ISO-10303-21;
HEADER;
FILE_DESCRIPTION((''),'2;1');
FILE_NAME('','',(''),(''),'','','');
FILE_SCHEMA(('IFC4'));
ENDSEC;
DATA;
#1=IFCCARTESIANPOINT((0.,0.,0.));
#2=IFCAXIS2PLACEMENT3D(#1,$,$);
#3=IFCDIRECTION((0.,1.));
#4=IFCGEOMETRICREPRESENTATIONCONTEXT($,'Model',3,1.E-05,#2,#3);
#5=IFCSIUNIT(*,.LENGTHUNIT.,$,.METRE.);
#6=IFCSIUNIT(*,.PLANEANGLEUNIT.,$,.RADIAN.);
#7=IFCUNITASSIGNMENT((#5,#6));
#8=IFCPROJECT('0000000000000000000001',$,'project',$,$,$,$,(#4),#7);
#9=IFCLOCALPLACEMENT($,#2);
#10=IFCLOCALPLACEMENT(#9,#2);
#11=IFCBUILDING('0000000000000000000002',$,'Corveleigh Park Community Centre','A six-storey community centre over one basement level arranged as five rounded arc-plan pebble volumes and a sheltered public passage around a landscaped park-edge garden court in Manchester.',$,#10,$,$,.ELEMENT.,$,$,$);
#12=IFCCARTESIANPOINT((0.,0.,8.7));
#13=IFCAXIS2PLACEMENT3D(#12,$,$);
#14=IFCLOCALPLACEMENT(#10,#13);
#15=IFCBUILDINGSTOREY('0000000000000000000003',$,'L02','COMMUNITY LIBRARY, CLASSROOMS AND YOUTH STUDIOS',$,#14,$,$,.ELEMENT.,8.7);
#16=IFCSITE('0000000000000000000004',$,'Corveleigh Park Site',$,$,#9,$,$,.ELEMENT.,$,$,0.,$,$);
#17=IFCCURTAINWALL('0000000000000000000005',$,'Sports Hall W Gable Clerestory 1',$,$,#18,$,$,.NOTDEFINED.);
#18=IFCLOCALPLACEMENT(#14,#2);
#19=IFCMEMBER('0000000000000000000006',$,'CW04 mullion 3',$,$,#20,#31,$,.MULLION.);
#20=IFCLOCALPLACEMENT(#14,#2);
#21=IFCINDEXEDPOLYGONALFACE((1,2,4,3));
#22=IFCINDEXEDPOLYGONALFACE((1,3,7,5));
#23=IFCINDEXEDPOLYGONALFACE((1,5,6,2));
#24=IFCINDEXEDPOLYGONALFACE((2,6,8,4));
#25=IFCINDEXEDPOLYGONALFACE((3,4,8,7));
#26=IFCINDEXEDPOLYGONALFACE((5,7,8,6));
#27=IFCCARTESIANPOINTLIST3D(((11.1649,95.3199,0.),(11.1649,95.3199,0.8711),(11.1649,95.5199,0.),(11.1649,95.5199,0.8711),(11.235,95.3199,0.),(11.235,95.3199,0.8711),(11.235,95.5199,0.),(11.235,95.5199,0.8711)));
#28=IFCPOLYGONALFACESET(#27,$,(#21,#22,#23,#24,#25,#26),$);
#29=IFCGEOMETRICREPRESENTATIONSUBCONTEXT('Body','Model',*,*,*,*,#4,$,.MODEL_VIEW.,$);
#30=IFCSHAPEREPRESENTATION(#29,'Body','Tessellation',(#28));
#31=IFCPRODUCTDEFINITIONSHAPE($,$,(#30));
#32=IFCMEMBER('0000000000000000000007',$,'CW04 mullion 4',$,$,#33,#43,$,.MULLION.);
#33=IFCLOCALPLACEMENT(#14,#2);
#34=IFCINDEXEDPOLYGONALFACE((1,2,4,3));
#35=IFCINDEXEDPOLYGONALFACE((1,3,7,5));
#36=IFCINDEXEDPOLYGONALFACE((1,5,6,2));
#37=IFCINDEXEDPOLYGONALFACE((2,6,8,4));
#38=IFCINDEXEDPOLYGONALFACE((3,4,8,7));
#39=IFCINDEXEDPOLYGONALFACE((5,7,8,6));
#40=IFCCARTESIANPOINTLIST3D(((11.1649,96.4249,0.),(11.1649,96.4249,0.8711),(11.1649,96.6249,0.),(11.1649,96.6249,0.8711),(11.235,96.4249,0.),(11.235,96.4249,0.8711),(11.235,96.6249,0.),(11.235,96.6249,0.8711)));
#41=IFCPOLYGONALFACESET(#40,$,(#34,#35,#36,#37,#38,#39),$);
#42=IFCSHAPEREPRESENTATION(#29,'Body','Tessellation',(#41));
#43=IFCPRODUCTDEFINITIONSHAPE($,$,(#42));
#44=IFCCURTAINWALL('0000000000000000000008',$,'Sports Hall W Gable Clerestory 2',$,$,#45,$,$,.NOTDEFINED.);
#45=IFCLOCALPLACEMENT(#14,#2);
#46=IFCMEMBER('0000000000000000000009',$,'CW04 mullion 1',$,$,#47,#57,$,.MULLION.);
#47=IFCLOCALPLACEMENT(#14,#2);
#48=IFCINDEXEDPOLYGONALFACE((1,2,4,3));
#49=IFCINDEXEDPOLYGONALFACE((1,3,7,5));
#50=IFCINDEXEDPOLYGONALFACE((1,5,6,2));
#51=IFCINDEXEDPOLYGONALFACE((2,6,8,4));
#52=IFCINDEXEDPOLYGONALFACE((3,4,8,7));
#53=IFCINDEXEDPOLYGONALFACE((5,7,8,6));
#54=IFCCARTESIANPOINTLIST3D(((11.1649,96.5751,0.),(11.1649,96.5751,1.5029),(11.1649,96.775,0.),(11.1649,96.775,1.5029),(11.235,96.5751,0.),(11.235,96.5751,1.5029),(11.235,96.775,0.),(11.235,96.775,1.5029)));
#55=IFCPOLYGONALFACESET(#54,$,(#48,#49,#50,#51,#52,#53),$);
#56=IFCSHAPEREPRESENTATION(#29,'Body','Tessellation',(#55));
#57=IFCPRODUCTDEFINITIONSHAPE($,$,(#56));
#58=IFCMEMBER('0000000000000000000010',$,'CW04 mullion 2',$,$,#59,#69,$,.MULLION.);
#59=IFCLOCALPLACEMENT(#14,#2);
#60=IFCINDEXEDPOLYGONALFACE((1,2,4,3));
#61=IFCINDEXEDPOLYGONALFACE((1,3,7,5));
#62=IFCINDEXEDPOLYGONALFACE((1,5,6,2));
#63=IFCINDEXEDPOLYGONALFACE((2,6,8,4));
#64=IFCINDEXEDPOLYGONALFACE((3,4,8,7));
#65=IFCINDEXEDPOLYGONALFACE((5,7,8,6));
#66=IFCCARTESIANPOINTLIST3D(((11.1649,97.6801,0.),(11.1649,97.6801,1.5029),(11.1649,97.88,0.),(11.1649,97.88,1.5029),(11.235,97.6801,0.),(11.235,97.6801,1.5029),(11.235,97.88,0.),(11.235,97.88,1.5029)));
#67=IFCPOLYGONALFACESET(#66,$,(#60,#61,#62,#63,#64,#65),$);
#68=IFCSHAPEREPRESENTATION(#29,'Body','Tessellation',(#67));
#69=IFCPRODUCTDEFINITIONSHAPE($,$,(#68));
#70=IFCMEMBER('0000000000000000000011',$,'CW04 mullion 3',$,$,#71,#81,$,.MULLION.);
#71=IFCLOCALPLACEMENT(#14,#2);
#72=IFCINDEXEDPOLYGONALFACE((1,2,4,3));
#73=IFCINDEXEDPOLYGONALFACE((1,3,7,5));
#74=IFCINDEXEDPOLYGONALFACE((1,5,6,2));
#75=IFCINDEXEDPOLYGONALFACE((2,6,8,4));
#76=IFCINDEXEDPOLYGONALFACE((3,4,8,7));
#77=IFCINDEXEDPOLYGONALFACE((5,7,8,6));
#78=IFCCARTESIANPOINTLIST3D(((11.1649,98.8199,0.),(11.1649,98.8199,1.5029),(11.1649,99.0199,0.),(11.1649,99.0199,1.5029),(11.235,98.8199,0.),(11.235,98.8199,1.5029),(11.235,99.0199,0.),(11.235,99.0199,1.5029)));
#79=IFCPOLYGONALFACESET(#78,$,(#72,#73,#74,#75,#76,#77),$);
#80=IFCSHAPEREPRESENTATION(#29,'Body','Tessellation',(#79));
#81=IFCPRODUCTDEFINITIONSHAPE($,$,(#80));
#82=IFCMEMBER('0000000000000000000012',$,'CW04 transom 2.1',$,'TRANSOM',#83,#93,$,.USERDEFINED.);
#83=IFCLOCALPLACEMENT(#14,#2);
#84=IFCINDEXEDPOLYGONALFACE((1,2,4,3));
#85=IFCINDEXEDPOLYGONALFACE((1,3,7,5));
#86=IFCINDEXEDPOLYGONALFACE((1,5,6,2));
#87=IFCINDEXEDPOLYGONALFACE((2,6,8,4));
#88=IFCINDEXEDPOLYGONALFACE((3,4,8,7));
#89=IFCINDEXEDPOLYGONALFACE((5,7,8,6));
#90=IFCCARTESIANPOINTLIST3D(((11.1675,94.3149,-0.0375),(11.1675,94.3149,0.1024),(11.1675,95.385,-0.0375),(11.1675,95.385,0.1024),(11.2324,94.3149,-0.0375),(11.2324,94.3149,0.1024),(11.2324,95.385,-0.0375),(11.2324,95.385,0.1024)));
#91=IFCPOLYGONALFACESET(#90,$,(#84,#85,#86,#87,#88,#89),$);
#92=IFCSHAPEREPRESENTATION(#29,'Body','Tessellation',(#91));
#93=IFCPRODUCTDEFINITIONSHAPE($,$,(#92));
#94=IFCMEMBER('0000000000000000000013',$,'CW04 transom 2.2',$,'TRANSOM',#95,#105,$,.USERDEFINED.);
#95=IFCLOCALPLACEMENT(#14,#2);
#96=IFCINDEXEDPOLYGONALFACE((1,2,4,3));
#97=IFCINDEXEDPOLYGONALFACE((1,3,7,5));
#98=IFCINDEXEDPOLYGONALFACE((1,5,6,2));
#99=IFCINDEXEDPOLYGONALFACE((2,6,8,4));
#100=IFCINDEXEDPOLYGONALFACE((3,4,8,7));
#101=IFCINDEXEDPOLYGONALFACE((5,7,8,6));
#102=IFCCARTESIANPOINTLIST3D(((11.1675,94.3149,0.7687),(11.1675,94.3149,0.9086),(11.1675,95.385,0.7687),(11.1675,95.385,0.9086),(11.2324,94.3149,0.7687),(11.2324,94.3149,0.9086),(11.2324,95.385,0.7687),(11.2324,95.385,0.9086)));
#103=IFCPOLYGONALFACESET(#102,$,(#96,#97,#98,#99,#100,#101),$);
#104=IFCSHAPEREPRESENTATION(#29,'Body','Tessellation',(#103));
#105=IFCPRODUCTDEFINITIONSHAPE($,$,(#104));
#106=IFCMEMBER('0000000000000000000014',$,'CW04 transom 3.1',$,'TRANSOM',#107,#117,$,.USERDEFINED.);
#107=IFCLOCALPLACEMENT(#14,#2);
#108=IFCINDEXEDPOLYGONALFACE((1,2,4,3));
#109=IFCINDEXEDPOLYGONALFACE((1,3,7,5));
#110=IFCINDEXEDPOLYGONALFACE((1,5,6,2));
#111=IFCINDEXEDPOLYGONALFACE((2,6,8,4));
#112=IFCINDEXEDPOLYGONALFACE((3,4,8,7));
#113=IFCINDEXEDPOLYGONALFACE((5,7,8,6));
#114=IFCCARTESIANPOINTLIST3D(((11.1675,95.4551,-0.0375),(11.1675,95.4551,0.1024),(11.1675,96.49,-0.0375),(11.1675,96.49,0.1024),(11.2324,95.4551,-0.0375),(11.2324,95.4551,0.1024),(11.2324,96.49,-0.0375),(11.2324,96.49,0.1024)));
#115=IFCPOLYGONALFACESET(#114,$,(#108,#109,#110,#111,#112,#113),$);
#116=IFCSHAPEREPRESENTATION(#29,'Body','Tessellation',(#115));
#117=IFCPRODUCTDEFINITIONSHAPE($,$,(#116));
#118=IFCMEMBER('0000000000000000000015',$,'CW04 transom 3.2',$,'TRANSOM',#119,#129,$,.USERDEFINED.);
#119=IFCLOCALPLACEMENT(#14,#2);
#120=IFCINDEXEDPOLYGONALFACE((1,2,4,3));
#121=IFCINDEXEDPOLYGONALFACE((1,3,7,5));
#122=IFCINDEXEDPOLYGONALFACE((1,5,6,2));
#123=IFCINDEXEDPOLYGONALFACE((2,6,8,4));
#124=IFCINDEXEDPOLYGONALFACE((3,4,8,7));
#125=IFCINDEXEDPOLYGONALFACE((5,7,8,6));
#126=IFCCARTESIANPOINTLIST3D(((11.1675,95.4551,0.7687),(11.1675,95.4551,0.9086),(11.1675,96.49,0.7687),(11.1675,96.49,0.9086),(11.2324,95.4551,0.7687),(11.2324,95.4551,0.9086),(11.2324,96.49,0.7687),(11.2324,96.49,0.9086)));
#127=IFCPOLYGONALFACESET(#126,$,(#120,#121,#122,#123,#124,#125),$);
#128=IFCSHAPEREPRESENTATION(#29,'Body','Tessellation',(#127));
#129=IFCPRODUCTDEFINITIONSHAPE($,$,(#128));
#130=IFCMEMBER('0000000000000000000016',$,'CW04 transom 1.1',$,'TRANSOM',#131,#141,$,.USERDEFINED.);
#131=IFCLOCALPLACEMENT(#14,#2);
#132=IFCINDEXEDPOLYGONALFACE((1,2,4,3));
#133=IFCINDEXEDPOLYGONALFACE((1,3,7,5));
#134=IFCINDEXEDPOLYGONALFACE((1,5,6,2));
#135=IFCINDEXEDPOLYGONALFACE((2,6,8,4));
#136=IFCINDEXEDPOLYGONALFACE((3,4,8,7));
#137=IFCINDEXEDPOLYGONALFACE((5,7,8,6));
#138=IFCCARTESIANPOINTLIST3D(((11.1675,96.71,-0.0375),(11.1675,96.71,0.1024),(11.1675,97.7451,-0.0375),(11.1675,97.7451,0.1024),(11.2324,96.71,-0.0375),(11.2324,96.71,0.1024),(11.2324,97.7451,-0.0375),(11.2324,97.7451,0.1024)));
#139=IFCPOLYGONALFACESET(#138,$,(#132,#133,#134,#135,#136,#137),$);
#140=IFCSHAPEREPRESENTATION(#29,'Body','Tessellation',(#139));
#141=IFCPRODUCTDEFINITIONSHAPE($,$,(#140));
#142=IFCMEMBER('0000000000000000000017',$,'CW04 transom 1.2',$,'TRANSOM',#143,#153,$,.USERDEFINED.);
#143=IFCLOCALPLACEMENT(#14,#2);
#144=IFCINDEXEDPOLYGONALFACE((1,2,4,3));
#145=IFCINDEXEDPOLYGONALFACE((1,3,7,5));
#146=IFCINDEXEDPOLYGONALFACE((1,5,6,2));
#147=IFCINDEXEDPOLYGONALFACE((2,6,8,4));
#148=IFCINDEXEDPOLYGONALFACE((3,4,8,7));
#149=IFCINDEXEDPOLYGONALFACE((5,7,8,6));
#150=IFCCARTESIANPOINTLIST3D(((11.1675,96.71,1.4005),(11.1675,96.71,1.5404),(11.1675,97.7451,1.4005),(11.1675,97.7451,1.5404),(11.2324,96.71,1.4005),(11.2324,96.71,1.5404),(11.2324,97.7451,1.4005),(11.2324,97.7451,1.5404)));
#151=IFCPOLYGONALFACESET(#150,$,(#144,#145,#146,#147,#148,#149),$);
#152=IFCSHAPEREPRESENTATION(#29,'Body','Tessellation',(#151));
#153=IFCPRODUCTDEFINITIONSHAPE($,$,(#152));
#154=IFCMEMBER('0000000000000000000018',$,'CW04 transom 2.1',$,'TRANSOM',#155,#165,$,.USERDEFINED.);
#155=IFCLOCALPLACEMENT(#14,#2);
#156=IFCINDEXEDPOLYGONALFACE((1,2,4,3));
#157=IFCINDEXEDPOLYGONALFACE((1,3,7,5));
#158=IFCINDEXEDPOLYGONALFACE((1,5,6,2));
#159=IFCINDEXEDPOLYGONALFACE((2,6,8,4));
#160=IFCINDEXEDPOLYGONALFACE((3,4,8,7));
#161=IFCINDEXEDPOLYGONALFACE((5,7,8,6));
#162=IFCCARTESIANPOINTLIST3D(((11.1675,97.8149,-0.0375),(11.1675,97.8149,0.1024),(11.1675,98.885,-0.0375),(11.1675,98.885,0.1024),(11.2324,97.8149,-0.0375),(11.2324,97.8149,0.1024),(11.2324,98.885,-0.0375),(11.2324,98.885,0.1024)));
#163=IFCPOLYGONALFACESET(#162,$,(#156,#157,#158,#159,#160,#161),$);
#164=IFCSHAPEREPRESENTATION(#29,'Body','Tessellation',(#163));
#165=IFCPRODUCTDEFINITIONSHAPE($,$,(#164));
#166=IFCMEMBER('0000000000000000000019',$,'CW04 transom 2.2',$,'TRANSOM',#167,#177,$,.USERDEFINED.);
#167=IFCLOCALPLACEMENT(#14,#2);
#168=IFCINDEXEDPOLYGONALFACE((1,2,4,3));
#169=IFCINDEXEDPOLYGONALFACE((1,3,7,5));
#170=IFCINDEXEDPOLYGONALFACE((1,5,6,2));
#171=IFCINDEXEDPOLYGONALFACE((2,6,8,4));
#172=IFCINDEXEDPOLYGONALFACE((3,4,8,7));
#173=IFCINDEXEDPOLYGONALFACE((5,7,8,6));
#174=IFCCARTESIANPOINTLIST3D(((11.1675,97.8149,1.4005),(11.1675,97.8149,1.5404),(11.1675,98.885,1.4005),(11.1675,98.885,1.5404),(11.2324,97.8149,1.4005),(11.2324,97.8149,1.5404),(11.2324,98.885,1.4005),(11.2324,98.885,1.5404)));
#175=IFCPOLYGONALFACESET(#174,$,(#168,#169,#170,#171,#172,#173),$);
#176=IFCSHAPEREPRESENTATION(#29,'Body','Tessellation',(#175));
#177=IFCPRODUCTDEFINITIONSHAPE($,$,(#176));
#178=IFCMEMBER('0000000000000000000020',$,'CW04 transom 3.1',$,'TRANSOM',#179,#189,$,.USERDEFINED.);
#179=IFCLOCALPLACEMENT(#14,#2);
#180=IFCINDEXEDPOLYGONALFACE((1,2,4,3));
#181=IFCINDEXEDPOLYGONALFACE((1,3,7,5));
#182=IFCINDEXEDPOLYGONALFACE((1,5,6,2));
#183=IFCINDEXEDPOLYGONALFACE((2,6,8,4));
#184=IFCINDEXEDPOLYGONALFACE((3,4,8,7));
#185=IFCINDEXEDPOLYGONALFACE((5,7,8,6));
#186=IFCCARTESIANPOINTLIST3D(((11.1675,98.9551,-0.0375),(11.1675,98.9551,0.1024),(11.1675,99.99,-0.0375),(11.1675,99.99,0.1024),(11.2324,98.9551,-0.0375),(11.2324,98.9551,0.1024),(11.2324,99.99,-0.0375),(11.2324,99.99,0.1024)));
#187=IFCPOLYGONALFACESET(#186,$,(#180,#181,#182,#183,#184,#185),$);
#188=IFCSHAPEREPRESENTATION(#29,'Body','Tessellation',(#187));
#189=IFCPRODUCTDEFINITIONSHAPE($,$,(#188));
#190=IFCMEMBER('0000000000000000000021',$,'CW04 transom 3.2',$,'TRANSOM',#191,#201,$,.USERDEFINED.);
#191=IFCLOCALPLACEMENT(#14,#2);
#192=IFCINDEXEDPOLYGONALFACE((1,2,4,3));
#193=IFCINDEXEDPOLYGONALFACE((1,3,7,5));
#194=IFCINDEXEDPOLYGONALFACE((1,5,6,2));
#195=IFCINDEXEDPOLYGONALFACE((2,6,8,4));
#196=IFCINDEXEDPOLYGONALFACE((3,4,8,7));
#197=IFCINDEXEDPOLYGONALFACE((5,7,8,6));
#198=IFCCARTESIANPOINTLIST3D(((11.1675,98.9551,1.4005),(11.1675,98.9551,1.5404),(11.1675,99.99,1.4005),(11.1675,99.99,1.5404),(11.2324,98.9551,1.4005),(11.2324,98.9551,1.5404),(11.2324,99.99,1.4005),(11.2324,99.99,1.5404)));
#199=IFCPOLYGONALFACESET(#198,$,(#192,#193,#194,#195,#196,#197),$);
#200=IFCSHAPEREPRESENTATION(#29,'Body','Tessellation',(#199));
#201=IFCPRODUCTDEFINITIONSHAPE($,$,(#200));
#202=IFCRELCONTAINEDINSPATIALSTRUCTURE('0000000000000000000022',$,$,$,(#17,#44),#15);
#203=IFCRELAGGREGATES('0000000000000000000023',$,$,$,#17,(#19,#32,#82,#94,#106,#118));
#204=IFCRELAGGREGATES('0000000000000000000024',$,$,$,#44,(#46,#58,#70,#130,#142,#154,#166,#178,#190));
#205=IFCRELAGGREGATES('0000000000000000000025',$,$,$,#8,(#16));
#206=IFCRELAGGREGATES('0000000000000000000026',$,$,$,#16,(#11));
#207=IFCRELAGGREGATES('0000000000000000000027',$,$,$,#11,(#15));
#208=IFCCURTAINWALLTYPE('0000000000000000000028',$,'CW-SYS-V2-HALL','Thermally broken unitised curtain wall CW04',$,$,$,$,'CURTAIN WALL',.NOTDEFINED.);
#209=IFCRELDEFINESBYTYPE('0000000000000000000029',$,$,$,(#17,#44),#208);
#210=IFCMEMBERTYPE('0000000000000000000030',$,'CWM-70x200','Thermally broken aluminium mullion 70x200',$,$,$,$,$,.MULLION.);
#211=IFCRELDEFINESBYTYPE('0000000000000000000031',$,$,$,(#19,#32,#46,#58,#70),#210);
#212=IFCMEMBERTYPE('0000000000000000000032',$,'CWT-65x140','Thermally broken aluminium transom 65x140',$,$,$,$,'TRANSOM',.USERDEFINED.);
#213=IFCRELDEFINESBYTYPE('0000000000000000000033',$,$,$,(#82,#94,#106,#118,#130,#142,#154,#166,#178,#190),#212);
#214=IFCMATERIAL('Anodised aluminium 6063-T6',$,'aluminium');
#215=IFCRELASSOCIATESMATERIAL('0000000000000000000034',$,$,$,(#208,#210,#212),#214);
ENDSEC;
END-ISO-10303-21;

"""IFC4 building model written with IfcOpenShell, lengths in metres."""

from ifc_helpers import new_model, si_unit, direction, frame, origin, origin_2d, place, context, subcontext, project, spatial, rectangle, extrude, material, material_profile, profile_set, type_object, element, aggregate, save


model = new_model("IFC4")

# Units and contexts
model_context = context("Model", 3, precision=1e-05, world=origin(), true_north=direction((0.0, 1.0)))
body_context = subcontext(model_context, "Body", "Model", "MODEL_VIEW")
ifc_project = project(units=[si_unit("LENGTHUNIT", "METRE"), si_unit("PLANEANGLEUNIT", "RADIAN")], contexts=[model_context])

# Site, building, storey
site_placement = place(None, origin())
site = spatial("IfcSite", under=ifc_project, at=site_placement, Name="Corveleigh Park Site", CompositionType="ELEMENT", RefElevation=0.0)
building_placement = place(site_placement, origin())
building = spatial("IfcBuilding", under=site, at=building_placement, Name="Corveleigh Park Community Centre", Description="A six-storey community centre over one basement level arranged as five rounded arc-plan pebble volumes and a sheltered public passage around a landscaped park-edge garden court in Manchester.", CompositionType="ELEMENT")
storey_placement = place(building_placement, frame((0.0, 0.0, 8.7)))
storey = spatial("IfcBuildingStorey", under=building, at=storey_placement, Name="L02", Description="COMMUNITY LIBRARY, CLASSROOMS AND YOUTH STUDIOS", CompositionType="ELEMENT", Elevation=8.7)

# Curtain walls, members
ifc_material_1 = material(Name="Anodised aluminium 6063-T6", Category="aluminium")
curtain_wall_type = type_object("IfcCurtainWallType", Name="CW-SYS-V2-HALL", Description="Thermally broken unitised curtain wall CW04", ElementType="CURTAIN WALL", PredefinedType="NOTDEFINED", material=ifc_material_1)
curtain_wall_1_placement = place(storey_placement, origin())
curtain_wall_1 = element("IfcCurtainWall", 1, at=curtain_wall_1_placement, inside=storey, type_object=curtain_wall_type, Name="Sports Hall W Gable Clerestory 1", PredefinedType="NOTDEFINED")
ifc_material_profile_1 = material_profile(ifc_material_1, rectangle(XDim=0.0701, YDim=0.2, at=origin_2d()), Name="ALU-M70x200", Category="aluminium")
ifc_profile_set_1 = profile_set([ifc_material_profile_1], Name="Anodised aluminium 6063-T6")
member_type_1 = type_object("IfcMemberType", Name="CWM-70x200", Description="Thermally broken aluminium mullion 70x200", PredefinedType="MULLION", material=ifc_profile_set_1)
member_1_placement = place(storey_placement, frame((11.2, 95.4199, 0.0), z_axis=(0.0, 0.0, 1.0), x_axis=(-1.0, 0.0, 0.0)))
member_1 = element("IfcMember", 2, at=member_1_placement, type_object=member_type_1, Name="CW04 mullion 3", PredefinedType="MULLION", context=body_context, shape_type="SweptSolid", body=[
    extrude(rectangle(XDim=0.0701, YDim=0.2, at=origin_2d()), origin(), (0.0, 0.0, 1.0), 0.8711),
])
member_2_placement = place(storey_placement, frame((11.2, 96.5249, 0.0), z_axis=(0.0, 0.0, 1.0), x_axis=(-1.0, 0.0, 0.0)))
member_2 = element("IfcMember", 3, at=member_2_placement, type_object=member_type_1, Name="CW04 mullion 4", PredefinedType="MULLION", context=body_context, shape_type="SweptSolid", body=[
    extrude(rectangle(XDim=0.0701, YDim=0.2, at=origin_2d()), origin(), (0.0, 0.0, 1.0), 0.8711),
])
curtain_wall_2_placement = place(storey_placement, origin())
curtain_wall_2 = element("IfcCurtainWall", 4, at=curtain_wall_2_placement, inside=storey, type_object=curtain_wall_type, Name="Sports Hall W Gable Clerestory 2", PredefinedType="NOTDEFINED")
member_3_placement = place(storey_placement, frame((11.2, 96.675, 0.0), z_axis=(0.0, 0.0, 1.0), x_axis=(-1.0, 0.0, 0.0)))
member_3 = element("IfcMember", 5, at=member_3_placement, type_object=member_type_1, Name="CW04 mullion 1", PredefinedType="MULLION", context=body_context, shape_type="SweptSolid", body=[
    extrude(rectangle(XDim=0.0701, YDim=0.2, at=origin_2d()), origin(), (0.0, 0.0, 1.0), 1.5029),
])
member_4_placement = place(storey_placement, frame((11.2, 97.78, 0.0), z_axis=(0.0, 0.0, 1.0), x_axis=(-1.0, 0.0, 0.0)))
member_4 = element("IfcMember", 6, at=member_4_placement, type_object=member_type_1, Name="CW04 mullion 2", PredefinedType="MULLION", context=body_context, shape_type="SweptSolid", body=[
    extrude(rectangle(XDim=0.0701, YDim=0.2, at=origin_2d()), origin(), (0.0, 0.0, 1.0), 1.5029),
])
member_5_placement = place(storey_placement, frame((11.2, 98.9199, 0.0), z_axis=(0.0, 0.0, 1.0), x_axis=(-1.0, 0.0, 0.0)))
member_5 = element("IfcMember", 7, at=member_5_placement, type_object=member_type_1, Name="CW04 mullion 3", PredefinedType="MULLION", context=body_context, shape_type="SweptSolid", body=[
    extrude(rectangle(XDim=0.0701, YDim=0.2, at=origin_2d()), origin(), (0.0, 0.0, 1.0), 1.5029),
])

# Members
ifc_material_profile_2 = material_profile(ifc_material_1, rectangle(XDim=0.0649, YDim=0.1399, at=origin_2d()), Name="ALU-T65x140", Category="aluminium")
ifc_profile_set_2 = profile_set([ifc_material_profile_2], Name="Anodised aluminium 6063-T6")
member_type_2 = type_object("IfcMemberType", Name="CWT-65x140", Description="Thermally broken aluminium transom 65x140", ElementType="TRANSOM", PredefinedType="USERDEFINED", material=ifc_profile_set_2)
member_6_placement = place(storey_placement, frame((11.2, 94.3149, 0.0325), z_axis=(0.0, 1.0, 0.0), x_axis=(-1.0, 0.0, 0.0)))
member_6 = element("IfcMember", 8, at=member_6_placement, type_object=member_type_2, Name="CW04 transom 2.1", ObjectType="TRANSOM", PredefinedType="USERDEFINED", context=body_context, shape_type="SweptSolid", body=[
    extrude(rectangle(XDim=0.0649, YDim=0.1399, at=origin_2d()), origin(), (0.0, 0.0, 1.0), 1.0701),
])
member_7_placement = place(storey_placement, frame((11.2, 94.3149, 0.8386), z_axis=(0.0, 1.0, 0.0), x_axis=(-1.0, 0.0, 0.0)))
member_7 = element("IfcMember", 9, at=member_7_placement, type_object=member_type_2, Name="CW04 transom 2.2", ObjectType="TRANSOM", PredefinedType="USERDEFINED", context=body_context, shape_type="SweptSolid", body=[
    extrude(rectangle(XDim=0.0649, YDim=0.1399, at=origin_2d()), origin(), (0.0, 0.0, 1.0), 1.0701),
])
member_8_placement = place(storey_placement, frame((11.2, 95.4551, 0.0325), z_axis=(0.0, 1.0, 0.0), x_axis=(-1.0, 0.0, 0.0)))
member_8 = element("IfcMember", 10, at=member_8_placement, type_object=member_type_2, Name="CW04 transom 3.1", ObjectType="TRANSOM", PredefinedType="USERDEFINED", context=body_context, shape_type="SweptSolid", body=[
    extrude(rectangle(XDim=0.0649, YDim=0.1399, at=origin_2d()), origin(), (0.0, 0.0, 1.0), 1.0349),
])
member_9_placement = place(storey_placement, frame((11.2, 95.4551, 0.8386), z_axis=(0.0, 1.0, 0.0), x_axis=(-1.0, 0.0, 0.0)))
member_9 = element("IfcMember", 11, at=member_9_placement, type_object=member_type_2, Name="CW04 transom 3.2", ObjectType="TRANSOM", PredefinedType="USERDEFINED", context=body_context, shape_type="SweptSolid", body=[
    extrude(rectangle(XDim=0.0649, YDim=0.1399, at=origin_2d()), origin(), (0.0, 0.0, 1.0), 1.0349),
])
member_10_placement = place(storey_placement, frame((11.2, 96.71, 0.0325), z_axis=(0.0, 1.0, 0.0), x_axis=(-1.0, 0.0, 0.0)))
member_10 = element("IfcMember", 12, at=member_10_placement, type_object=member_type_2, Name="CW04 transom 1.1", ObjectType="TRANSOM", PredefinedType="USERDEFINED", context=body_context, shape_type="SweptSolid", body=[
    extrude(rectangle(XDim=0.0649, YDim=0.1399, at=origin_2d()), origin(), (0.0, 0.0, 1.0), 1.0352),
])
member_11_placement = place(storey_placement, frame((11.2, 96.71, 1.4705), z_axis=(0.0, 1.0, 0.0), x_axis=(-1.0, 0.0, 0.0)))
member_11 = element("IfcMember", 13, at=member_11_placement, type_object=member_type_2, Name="CW04 transom 1.2", ObjectType="TRANSOM", PredefinedType="USERDEFINED", context=body_context, shape_type="SweptSolid", body=[
    extrude(rectangle(XDim=0.0649, YDim=0.1399, at=origin_2d()), origin(), (0.0, 0.0, 1.0), 1.0352),
])
member_12_placement = place(storey_placement, frame((11.2, 97.8149, 0.0325), z_axis=(0.0, 1.0, 0.0), x_axis=(-1.0, 0.0, 0.0)))
member_12 = element("IfcMember", 14, at=member_12_placement, type_object=member_type_2, Name="CW04 transom 2.1", ObjectType="TRANSOM", PredefinedType="USERDEFINED", context=body_context, shape_type="SweptSolid", body=[
    extrude(rectangle(XDim=0.0649, YDim=0.1399, at=origin_2d()), origin(), (0.0, 0.0, 1.0), 1.0701),
])
member_13_placement = place(storey_placement, frame((11.2, 97.8149, 1.4705), z_axis=(0.0, 1.0, 0.0), x_axis=(-1.0, 0.0, 0.0)))
member_13 = element("IfcMember", 15, at=member_13_placement, type_object=member_type_2, Name="CW04 transom 2.2", ObjectType="TRANSOM", PredefinedType="USERDEFINED", context=body_context, shape_type="SweptSolid", body=[
    extrude(rectangle(XDim=0.0649, YDim=0.1399, at=origin_2d()), origin(), (0.0, 0.0, 1.0), 1.0701),
])
member_14_placement = place(storey_placement, frame((11.2, 98.9551, 0.0325), z_axis=(0.0, 1.0, 0.0), x_axis=(-1.0, 0.0, 0.0)))
member_14 = element("IfcMember", 16, at=member_14_placement, type_object=member_type_2, Name="CW04 transom 3.1", ObjectType="TRANSOM", PredefinedType="USERDEFINED", context=body_context, shape_type="SweptSolid", body=[
    extrude(rectangle(XDim=0.0649, YDim=0.1399, at=origin_2d()), origin(), (0.0, 0.0, 1.0), 1.0349),
])
member_15_placement = place(storey_placement, frame((11.2, 98.9551, 1.4705), z_axis=(0.0, 1.0, 0.0), x_axis=(-1.0, 0.0, 0.0)))
member_15 = element("IfcMember", 17, at=member_15_placement, type_object=member_type_2, Name="CW04 transom 3.2", ObjectType="TRANSOM", PredefinedType="USERDEFINED", context=body_context, shape_type="SweptSolid", body=[
    extrude(rectangle(XDim=0.0649, YDim=0.1399, at=origin_2d()), origin(), (0.0, 0.0, 1.0), 1.0349),
])

aggregate(curtain_wall_1, [member_1, member_2, member_6, member_7, member_8, member_9])
aggregate(curtain_wall_2, [member_3, member_4, member_5, member_10, member_11, member_12, member_13, member_14, member_15])

save(model, "model.ifc")
